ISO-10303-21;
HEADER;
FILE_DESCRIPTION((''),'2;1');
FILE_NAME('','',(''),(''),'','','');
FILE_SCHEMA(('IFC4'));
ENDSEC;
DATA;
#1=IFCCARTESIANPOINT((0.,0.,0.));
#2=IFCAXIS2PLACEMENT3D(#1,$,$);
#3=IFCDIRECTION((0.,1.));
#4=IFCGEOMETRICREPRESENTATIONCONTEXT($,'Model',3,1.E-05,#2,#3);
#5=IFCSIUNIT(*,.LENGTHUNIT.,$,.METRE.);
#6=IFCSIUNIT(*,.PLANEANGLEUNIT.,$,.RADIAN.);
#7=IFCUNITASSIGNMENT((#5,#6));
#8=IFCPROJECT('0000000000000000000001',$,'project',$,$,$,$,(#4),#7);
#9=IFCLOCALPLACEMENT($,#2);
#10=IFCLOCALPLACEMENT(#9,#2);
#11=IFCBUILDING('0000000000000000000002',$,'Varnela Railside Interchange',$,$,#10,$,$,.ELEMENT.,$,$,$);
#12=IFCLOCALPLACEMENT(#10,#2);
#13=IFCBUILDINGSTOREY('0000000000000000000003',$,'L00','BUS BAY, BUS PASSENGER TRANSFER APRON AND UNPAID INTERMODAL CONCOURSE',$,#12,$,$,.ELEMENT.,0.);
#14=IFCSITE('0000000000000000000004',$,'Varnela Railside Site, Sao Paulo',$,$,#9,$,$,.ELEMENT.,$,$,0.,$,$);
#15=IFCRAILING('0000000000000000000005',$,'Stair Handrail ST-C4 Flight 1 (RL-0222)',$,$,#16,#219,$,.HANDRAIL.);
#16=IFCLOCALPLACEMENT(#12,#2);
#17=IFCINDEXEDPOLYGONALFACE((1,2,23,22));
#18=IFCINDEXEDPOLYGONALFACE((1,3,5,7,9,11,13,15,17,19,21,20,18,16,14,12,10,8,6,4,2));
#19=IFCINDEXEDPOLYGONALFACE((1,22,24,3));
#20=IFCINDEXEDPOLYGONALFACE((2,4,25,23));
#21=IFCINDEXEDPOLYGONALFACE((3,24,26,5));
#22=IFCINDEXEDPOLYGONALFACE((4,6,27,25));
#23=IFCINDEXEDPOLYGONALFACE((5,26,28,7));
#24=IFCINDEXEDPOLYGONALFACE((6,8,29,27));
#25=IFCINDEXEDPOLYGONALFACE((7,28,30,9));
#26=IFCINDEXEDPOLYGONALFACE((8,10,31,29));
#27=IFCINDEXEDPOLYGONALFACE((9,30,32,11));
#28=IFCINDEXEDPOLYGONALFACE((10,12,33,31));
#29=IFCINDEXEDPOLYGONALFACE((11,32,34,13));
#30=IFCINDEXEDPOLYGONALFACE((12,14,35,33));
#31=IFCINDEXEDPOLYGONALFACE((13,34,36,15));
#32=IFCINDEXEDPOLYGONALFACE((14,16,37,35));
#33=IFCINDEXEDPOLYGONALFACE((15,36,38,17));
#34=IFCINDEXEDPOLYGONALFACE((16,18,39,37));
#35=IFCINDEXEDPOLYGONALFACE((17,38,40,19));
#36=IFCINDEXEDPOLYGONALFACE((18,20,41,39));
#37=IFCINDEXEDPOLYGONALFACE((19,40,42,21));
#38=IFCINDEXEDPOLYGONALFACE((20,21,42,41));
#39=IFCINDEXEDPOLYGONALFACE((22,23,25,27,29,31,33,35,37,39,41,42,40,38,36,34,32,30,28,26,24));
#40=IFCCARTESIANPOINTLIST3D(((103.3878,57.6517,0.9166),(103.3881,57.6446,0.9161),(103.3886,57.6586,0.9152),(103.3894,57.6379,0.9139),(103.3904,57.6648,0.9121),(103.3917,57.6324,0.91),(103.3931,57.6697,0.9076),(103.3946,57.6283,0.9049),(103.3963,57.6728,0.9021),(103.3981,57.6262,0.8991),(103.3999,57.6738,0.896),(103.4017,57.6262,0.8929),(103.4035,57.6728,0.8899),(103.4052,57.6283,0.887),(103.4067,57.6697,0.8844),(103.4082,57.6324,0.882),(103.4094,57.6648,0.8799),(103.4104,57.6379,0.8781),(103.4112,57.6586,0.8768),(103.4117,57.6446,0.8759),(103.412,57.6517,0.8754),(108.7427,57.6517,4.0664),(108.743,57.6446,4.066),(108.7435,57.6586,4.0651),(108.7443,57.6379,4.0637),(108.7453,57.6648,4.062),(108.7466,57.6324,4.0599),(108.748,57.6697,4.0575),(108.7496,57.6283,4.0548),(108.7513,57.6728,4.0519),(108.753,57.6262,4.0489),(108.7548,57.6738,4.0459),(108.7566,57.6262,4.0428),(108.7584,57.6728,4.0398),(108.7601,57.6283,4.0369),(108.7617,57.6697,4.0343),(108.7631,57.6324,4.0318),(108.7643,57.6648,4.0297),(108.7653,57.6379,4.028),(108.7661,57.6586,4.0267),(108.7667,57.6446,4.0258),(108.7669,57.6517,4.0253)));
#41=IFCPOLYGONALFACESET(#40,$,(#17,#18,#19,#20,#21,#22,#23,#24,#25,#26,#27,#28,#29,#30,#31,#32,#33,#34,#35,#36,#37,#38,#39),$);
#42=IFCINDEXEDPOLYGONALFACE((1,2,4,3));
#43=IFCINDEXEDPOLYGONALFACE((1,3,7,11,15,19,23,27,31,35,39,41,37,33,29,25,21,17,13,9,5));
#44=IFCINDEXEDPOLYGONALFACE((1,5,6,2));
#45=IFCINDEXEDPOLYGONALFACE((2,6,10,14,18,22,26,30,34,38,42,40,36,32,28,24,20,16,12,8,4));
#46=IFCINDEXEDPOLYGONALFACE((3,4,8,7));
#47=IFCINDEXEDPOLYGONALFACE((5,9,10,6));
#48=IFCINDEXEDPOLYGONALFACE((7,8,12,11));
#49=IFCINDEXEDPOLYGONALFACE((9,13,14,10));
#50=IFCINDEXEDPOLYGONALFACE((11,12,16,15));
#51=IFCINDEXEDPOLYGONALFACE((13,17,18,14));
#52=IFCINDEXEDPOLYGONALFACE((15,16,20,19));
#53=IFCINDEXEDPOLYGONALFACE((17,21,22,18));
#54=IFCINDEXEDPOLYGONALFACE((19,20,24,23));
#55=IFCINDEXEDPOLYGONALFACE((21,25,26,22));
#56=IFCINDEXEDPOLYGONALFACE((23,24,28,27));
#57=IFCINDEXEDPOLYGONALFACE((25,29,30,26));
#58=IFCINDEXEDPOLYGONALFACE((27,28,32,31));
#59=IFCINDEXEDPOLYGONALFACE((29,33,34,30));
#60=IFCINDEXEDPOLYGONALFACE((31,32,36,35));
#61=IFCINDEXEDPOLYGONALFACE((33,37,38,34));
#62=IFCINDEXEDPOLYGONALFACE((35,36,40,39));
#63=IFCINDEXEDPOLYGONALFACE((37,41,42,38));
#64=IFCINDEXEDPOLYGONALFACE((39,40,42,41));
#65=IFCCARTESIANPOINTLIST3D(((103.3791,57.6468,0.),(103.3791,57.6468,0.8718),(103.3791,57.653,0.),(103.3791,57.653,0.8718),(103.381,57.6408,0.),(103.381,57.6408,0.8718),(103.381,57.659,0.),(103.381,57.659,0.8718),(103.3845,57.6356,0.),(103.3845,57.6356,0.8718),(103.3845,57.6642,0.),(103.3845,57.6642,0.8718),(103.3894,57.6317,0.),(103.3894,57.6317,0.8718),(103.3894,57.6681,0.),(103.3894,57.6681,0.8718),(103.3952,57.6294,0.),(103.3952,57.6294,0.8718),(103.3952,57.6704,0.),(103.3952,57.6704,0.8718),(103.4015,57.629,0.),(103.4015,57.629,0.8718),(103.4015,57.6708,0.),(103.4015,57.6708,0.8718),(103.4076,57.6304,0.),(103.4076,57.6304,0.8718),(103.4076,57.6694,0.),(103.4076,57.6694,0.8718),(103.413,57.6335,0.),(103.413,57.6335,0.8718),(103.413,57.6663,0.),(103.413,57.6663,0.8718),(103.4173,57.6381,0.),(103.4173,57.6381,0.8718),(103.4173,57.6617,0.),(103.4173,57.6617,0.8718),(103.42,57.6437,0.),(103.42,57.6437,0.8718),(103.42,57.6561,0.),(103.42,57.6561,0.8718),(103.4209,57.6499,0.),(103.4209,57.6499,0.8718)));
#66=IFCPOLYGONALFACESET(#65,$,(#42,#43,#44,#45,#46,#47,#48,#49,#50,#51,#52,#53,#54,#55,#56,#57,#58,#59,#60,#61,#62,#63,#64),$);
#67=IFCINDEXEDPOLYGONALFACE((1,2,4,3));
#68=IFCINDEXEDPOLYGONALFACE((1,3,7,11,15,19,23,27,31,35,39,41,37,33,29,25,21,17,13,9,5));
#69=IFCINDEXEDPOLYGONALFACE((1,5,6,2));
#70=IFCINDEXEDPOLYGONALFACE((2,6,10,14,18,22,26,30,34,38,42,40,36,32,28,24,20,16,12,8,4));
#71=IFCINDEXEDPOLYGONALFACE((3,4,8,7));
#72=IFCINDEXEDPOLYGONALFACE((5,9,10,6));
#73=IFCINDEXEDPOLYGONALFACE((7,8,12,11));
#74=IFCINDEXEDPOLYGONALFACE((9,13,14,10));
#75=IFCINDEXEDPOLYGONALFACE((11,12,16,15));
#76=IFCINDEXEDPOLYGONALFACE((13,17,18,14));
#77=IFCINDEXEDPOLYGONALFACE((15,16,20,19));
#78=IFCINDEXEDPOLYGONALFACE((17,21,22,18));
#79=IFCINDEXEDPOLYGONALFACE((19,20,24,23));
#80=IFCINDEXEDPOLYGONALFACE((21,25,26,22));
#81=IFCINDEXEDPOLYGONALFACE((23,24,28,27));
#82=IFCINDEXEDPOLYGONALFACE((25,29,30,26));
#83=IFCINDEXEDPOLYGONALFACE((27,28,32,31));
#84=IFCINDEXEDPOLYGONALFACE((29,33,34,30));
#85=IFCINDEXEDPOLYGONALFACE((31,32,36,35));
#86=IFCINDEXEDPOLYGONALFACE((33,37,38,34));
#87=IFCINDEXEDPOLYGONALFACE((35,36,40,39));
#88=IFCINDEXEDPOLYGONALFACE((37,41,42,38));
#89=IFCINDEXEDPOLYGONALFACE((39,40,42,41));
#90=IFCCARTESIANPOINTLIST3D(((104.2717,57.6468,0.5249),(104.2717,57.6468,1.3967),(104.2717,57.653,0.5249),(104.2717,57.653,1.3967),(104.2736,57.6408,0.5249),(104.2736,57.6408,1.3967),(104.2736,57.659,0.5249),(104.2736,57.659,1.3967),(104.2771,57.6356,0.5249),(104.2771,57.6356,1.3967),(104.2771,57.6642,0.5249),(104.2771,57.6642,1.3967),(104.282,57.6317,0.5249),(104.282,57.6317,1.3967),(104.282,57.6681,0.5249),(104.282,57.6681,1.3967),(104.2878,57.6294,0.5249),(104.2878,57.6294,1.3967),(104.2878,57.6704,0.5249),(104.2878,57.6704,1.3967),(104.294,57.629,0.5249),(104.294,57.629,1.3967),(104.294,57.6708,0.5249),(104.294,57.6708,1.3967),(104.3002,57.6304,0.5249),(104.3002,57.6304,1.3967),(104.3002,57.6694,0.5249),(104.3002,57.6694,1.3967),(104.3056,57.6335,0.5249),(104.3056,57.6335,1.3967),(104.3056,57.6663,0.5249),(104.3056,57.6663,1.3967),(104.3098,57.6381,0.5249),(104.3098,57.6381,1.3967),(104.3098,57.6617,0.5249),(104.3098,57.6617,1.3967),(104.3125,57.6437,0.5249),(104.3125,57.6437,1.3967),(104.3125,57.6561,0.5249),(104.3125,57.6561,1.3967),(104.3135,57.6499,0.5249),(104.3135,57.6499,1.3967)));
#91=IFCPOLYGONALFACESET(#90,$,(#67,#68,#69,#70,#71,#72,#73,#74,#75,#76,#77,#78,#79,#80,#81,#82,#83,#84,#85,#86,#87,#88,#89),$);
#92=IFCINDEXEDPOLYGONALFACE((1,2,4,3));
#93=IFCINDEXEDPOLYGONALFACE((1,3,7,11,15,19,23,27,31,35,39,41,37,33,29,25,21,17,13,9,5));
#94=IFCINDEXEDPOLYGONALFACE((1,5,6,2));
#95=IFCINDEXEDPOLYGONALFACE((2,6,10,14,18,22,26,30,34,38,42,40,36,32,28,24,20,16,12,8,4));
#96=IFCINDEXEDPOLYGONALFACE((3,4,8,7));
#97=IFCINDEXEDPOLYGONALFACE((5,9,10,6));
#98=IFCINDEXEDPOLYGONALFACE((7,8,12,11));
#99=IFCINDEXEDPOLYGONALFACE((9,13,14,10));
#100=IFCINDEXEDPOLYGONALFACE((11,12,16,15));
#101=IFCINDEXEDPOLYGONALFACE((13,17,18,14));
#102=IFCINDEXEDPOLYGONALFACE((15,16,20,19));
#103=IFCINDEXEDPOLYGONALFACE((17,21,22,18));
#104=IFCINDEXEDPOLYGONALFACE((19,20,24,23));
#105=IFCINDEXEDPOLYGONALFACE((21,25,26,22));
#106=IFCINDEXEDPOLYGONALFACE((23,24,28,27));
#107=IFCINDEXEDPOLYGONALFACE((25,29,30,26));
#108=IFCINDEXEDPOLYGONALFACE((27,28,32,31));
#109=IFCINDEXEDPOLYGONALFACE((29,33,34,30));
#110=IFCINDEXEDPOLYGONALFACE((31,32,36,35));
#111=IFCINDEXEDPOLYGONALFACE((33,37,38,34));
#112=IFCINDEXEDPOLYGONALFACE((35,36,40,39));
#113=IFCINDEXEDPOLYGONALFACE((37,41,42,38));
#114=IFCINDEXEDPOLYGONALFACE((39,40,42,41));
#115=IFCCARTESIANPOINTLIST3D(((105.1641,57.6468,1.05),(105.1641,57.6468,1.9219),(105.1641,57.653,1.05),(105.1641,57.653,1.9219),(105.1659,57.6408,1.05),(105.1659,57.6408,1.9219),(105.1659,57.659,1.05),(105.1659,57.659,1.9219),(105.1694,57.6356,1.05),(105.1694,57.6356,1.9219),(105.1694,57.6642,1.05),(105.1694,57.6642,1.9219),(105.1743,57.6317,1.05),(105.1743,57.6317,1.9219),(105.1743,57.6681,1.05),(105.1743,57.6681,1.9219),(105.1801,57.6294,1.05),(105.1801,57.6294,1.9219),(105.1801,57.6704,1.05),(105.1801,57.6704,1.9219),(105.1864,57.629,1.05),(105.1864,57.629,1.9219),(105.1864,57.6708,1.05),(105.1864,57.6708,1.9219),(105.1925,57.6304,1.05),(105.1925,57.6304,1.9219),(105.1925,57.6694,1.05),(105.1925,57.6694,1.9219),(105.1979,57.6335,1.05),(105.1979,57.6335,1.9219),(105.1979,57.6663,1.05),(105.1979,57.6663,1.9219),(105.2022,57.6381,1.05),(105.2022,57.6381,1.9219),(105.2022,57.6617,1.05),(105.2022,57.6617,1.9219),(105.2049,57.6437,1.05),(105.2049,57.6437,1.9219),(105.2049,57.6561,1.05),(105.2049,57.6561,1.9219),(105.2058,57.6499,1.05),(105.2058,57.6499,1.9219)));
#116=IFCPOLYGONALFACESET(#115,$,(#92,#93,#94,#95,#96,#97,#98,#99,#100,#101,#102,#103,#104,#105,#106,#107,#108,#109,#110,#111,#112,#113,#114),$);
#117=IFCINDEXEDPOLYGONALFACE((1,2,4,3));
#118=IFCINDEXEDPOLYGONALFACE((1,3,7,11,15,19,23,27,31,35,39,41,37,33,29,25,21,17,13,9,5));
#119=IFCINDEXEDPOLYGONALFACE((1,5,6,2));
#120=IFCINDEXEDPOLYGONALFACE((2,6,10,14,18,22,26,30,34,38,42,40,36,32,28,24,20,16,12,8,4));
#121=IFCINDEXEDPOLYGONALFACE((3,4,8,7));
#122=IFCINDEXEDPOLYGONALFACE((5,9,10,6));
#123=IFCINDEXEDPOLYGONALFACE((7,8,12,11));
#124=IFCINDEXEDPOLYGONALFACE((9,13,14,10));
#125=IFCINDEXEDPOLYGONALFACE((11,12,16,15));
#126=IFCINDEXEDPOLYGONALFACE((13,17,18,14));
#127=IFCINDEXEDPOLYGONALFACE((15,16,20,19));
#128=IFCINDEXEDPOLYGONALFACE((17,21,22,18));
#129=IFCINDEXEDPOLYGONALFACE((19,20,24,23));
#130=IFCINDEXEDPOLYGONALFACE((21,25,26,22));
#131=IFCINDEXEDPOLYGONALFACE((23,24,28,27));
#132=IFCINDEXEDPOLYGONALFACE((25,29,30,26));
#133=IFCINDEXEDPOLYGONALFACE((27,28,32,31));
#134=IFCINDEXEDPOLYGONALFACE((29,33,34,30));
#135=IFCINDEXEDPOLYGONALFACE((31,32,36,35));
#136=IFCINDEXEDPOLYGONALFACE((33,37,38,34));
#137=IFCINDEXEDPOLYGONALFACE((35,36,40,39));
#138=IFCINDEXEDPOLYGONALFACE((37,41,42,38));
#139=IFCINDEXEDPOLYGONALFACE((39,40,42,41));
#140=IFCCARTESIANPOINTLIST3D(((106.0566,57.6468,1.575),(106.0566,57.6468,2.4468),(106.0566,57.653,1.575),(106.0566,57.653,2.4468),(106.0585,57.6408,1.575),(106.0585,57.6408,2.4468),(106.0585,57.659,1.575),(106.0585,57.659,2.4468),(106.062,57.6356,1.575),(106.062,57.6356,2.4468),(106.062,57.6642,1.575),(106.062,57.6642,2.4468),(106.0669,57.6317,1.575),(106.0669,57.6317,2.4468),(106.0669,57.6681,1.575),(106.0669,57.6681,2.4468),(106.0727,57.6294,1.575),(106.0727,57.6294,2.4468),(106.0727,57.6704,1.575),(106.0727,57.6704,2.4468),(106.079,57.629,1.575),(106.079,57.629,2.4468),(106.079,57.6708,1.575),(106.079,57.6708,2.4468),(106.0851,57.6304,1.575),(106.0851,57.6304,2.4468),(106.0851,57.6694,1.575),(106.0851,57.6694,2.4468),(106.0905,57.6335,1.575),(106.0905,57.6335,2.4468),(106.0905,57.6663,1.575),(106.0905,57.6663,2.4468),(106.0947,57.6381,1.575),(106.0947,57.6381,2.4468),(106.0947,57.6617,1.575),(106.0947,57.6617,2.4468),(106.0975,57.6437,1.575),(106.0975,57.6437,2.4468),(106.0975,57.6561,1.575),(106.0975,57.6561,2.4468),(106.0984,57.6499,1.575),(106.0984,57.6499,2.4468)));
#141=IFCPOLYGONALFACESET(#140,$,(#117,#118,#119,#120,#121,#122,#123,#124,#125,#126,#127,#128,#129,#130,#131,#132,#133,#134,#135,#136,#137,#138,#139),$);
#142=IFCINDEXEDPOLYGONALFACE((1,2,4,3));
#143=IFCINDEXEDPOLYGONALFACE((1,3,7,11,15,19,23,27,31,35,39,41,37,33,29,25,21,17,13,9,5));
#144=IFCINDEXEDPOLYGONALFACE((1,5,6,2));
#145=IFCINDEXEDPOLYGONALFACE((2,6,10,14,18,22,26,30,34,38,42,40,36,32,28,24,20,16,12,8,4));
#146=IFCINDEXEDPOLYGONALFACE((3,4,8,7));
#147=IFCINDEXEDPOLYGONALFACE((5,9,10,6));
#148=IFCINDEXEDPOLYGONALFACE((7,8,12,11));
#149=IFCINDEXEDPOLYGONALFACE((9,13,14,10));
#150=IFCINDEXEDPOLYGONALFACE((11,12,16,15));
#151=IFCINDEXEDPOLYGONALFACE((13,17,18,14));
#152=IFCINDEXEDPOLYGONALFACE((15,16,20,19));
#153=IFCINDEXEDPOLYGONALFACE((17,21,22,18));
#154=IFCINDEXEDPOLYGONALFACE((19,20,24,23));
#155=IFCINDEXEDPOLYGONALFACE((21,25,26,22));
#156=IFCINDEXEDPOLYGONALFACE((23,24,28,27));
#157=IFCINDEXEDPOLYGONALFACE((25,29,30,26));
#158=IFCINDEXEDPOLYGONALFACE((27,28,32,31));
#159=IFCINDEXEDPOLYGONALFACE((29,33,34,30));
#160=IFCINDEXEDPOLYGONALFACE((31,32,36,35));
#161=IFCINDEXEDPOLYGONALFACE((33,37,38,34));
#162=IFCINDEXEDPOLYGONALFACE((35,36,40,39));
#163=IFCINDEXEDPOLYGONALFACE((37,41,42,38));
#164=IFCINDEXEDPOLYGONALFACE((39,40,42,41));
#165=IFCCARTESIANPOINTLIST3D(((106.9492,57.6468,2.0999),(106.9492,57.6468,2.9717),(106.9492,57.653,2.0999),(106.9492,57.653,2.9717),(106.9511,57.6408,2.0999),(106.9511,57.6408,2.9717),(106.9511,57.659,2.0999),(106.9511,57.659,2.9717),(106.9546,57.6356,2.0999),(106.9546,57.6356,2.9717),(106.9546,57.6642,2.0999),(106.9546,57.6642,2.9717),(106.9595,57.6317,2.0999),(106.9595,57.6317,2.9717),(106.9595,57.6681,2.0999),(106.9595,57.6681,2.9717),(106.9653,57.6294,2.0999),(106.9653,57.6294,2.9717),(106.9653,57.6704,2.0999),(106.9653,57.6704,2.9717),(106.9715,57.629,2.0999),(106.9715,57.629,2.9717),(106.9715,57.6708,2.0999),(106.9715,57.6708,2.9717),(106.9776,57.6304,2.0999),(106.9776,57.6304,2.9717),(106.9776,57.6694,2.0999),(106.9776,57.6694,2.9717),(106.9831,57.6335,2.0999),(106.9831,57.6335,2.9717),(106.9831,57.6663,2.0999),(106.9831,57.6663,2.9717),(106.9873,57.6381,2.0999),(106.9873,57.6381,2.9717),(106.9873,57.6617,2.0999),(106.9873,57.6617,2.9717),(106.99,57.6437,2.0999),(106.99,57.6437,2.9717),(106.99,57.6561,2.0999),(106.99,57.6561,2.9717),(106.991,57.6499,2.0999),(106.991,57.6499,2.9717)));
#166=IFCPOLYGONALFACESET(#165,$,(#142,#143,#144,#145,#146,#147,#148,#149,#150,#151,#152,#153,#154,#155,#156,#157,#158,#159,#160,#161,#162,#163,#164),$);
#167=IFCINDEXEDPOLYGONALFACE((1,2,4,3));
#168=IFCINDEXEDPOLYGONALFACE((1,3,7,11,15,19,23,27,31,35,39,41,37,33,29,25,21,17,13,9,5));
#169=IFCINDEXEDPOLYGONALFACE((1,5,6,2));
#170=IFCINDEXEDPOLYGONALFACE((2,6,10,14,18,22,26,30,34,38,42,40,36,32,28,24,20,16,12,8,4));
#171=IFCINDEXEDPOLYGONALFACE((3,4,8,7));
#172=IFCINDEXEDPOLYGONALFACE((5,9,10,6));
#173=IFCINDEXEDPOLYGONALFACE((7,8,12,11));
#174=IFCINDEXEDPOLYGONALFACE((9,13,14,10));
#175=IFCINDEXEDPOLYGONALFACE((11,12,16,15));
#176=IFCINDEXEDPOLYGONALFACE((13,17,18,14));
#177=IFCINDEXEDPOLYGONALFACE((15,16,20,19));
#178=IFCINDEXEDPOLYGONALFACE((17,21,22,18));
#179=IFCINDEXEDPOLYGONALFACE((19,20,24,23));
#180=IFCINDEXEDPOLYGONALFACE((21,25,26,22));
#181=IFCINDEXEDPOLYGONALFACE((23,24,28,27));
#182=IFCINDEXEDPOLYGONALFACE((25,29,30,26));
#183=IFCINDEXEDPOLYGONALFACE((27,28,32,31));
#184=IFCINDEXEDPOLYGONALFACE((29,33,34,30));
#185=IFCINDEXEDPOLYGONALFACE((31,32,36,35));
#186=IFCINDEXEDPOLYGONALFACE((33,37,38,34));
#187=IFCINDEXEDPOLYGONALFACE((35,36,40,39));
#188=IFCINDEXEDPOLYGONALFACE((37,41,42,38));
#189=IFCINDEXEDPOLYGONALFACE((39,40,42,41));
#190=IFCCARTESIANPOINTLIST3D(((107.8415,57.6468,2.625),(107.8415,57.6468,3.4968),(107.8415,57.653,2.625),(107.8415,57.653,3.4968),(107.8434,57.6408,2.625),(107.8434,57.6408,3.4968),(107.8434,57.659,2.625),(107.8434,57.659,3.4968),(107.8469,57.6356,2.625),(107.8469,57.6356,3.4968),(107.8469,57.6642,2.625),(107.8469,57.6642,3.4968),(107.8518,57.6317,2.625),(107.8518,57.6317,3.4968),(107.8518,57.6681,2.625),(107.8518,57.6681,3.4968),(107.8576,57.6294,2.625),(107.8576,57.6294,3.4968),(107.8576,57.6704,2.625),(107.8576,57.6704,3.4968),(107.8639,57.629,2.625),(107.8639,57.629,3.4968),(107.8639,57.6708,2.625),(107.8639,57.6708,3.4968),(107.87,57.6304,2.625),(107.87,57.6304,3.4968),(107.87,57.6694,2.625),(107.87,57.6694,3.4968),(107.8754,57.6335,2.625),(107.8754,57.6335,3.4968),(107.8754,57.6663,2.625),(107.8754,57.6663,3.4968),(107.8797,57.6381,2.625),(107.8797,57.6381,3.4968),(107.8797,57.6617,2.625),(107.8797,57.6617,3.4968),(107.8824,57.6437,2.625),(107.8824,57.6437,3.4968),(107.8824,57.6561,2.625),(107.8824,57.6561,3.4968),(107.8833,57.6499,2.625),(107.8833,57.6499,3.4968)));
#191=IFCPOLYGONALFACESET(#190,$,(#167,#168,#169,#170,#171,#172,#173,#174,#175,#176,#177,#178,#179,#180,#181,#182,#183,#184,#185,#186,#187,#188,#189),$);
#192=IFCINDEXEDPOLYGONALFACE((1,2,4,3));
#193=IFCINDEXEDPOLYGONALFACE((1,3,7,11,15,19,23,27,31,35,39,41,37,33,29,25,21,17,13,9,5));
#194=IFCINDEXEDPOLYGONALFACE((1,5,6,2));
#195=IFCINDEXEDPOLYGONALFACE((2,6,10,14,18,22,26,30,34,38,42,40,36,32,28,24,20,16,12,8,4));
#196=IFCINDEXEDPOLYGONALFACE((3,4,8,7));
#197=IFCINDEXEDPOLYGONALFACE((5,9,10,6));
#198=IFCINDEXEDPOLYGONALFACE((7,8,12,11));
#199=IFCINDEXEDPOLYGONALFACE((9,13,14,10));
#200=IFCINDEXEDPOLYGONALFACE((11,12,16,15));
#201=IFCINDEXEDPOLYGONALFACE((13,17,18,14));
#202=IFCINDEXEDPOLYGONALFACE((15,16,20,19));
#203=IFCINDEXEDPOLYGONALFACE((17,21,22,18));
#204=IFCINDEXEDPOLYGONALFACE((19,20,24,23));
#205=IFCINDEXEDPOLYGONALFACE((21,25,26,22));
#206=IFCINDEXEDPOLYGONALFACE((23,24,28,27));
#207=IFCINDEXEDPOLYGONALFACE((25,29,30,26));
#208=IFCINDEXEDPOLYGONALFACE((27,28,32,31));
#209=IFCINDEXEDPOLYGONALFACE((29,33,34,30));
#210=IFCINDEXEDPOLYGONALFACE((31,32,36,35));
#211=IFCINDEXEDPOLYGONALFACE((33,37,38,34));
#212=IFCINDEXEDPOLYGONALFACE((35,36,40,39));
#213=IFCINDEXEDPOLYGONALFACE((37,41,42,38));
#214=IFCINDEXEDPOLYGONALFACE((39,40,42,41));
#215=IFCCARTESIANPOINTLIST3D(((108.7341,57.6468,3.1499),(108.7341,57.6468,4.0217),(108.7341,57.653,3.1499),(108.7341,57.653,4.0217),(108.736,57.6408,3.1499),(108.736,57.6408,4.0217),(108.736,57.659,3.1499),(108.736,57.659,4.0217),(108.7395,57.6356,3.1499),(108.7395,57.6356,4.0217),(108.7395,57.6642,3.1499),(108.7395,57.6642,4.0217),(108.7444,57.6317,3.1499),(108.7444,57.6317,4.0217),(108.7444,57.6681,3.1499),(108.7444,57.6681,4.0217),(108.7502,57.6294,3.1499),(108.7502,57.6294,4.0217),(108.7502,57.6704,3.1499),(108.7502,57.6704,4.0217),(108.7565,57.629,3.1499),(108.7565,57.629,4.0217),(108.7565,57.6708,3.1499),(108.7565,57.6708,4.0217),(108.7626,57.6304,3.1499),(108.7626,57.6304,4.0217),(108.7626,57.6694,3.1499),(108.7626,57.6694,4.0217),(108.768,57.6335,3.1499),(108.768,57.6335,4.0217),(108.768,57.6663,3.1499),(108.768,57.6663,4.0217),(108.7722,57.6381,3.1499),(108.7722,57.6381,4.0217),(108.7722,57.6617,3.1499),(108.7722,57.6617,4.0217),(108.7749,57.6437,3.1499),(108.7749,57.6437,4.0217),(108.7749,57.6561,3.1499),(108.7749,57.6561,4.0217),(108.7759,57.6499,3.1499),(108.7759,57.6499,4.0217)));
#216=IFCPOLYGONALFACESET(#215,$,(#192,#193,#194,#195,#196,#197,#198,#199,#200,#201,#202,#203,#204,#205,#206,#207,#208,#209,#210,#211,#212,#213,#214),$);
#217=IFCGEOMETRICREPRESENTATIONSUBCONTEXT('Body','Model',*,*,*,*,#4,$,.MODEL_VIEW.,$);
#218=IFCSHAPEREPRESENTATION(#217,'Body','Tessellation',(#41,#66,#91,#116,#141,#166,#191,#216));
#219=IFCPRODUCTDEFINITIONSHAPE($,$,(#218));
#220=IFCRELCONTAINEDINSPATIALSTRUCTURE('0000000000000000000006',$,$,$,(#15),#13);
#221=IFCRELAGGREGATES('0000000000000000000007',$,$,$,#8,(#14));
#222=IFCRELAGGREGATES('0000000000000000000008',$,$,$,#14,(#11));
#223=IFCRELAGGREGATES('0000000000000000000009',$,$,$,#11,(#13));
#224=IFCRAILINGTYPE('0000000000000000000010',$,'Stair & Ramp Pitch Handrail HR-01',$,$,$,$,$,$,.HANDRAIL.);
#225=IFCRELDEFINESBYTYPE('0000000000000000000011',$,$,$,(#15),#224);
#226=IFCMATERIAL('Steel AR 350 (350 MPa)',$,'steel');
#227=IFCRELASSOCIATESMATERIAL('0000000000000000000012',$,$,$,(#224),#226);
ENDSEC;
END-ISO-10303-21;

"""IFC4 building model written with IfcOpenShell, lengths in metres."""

from ifc_helpers import new_model, si_unit, direction, frame, origin, origin_2d, place, context, subcontext, project, spatial, circle, extrude, material, type_object, element, save


model = new_model("IFC4")

# Units and contexts
model_context = context("Model", 3, precision=1e-05, world=origin(), true_north=direction((0.0, 1.0)))
body_context = subcontext(model_context, "Body", "Model", "MODEL_VIEW")
ifc_project = project(units=[si_unit("LENGTHUNIT", "METRE"), si_unit("PLANEANGLEUNIT", "RADIAN")], contexts=[model_context])

# Site, building, storey
site_placement = place(None, origin())
site = spatial("IfcSite", under=ifc_project, at=site_placement, Name="Varnela Railside Site, Sao Paulo", CompositionType="ELEMENT", RefElevation=0.0)
building_placement = place(site_placement, origin())
building = spatial("IfcBuilding", under=site, at=building_placement, Name="Varnela Railside Interchange", CompositionType="ELEMENT")
storey_placement = place(building_placement, origin())
storey = spatial("IfcBuildingStorey", under=building, at=storey_placement, Name="L00", Description="BUS BAY, BUS PASSENGER TRANSFER APRON AND UNPAID INTERMODAL CONCOURSE", CompositionType="ELEMENT", Elevation=0.0)

# Shared definitions
ifc_material_1 = material(Name="Steel AR 350 (350 MPa)", Category="steel")

# Railing
railing_type_1 = type_object("IfcRailingType", Name="Stair & Ramp Pitch Handrail HR-01", PredefinedType="HANDRAIL", material=ifc_material_1)
railing_1_placement = place(storey_placement, frame((103.3999, 57.6499, 0.0)))
element("IfcRailing", 1, at=railing_1_placement, inside=storey, type_object=railing_type_1, Name="Stair Handrail ST-C4 Flight 1 (RL-0222)", PredefinedType="HANDRAIL", context=body_context, shape_type="SweptSolid", body=[
    extrude(circle(Radius=0.0239, at=origin_2d()), frame((0.0, 0.0, 0.896), z_axis=(0.86194, 0.0, 0.50701), x_axis=(0.0, 1.0, 0.0)), (0.0, 0.0, 1.0), 6.2126),
    extrude(circle(Radius=0.021, at=origin_2d()), origin(), (0.0, 0.0, 1.0), 0.8718),
    extrude(circle(Radius=0.021, at=origin_2d()), frame((0.8926, 0.0, 0.5249)), (0.0, 0.0, 1.0), 0.8718),
    extrude(circle(Radius=0.021, at=origin_2d()), frame((1.7849, 0.0, 1.05)), (0.0, 0.0, 1.0), 0.8718),
    extrude(circle(Radius=0.021, at=origin_2d()), frame((2.6775, 0.0, 1.575)), (0.0, 0.0, 1.0), 0.8718),
    extrude(circle(Radius=0.021, at=origin_2d()), frame((3.5701, 0.0, 2.0999)), (0.0, 0.0, 1.0), 0.8718),
    extrude(circle(Radius=0.021, at=origin_2d()), frame((4.4624, 0.0, 2.625)), (0.0, 0.0, 1.0), 0.8718),
    extrude(circle(Radius=0.021, at=origin_2d()), frame((5.355, 0.0, 3.1499)), (0.0, 0.0, 1.0), 0.8718),
])

save(model, "model.ifc")
